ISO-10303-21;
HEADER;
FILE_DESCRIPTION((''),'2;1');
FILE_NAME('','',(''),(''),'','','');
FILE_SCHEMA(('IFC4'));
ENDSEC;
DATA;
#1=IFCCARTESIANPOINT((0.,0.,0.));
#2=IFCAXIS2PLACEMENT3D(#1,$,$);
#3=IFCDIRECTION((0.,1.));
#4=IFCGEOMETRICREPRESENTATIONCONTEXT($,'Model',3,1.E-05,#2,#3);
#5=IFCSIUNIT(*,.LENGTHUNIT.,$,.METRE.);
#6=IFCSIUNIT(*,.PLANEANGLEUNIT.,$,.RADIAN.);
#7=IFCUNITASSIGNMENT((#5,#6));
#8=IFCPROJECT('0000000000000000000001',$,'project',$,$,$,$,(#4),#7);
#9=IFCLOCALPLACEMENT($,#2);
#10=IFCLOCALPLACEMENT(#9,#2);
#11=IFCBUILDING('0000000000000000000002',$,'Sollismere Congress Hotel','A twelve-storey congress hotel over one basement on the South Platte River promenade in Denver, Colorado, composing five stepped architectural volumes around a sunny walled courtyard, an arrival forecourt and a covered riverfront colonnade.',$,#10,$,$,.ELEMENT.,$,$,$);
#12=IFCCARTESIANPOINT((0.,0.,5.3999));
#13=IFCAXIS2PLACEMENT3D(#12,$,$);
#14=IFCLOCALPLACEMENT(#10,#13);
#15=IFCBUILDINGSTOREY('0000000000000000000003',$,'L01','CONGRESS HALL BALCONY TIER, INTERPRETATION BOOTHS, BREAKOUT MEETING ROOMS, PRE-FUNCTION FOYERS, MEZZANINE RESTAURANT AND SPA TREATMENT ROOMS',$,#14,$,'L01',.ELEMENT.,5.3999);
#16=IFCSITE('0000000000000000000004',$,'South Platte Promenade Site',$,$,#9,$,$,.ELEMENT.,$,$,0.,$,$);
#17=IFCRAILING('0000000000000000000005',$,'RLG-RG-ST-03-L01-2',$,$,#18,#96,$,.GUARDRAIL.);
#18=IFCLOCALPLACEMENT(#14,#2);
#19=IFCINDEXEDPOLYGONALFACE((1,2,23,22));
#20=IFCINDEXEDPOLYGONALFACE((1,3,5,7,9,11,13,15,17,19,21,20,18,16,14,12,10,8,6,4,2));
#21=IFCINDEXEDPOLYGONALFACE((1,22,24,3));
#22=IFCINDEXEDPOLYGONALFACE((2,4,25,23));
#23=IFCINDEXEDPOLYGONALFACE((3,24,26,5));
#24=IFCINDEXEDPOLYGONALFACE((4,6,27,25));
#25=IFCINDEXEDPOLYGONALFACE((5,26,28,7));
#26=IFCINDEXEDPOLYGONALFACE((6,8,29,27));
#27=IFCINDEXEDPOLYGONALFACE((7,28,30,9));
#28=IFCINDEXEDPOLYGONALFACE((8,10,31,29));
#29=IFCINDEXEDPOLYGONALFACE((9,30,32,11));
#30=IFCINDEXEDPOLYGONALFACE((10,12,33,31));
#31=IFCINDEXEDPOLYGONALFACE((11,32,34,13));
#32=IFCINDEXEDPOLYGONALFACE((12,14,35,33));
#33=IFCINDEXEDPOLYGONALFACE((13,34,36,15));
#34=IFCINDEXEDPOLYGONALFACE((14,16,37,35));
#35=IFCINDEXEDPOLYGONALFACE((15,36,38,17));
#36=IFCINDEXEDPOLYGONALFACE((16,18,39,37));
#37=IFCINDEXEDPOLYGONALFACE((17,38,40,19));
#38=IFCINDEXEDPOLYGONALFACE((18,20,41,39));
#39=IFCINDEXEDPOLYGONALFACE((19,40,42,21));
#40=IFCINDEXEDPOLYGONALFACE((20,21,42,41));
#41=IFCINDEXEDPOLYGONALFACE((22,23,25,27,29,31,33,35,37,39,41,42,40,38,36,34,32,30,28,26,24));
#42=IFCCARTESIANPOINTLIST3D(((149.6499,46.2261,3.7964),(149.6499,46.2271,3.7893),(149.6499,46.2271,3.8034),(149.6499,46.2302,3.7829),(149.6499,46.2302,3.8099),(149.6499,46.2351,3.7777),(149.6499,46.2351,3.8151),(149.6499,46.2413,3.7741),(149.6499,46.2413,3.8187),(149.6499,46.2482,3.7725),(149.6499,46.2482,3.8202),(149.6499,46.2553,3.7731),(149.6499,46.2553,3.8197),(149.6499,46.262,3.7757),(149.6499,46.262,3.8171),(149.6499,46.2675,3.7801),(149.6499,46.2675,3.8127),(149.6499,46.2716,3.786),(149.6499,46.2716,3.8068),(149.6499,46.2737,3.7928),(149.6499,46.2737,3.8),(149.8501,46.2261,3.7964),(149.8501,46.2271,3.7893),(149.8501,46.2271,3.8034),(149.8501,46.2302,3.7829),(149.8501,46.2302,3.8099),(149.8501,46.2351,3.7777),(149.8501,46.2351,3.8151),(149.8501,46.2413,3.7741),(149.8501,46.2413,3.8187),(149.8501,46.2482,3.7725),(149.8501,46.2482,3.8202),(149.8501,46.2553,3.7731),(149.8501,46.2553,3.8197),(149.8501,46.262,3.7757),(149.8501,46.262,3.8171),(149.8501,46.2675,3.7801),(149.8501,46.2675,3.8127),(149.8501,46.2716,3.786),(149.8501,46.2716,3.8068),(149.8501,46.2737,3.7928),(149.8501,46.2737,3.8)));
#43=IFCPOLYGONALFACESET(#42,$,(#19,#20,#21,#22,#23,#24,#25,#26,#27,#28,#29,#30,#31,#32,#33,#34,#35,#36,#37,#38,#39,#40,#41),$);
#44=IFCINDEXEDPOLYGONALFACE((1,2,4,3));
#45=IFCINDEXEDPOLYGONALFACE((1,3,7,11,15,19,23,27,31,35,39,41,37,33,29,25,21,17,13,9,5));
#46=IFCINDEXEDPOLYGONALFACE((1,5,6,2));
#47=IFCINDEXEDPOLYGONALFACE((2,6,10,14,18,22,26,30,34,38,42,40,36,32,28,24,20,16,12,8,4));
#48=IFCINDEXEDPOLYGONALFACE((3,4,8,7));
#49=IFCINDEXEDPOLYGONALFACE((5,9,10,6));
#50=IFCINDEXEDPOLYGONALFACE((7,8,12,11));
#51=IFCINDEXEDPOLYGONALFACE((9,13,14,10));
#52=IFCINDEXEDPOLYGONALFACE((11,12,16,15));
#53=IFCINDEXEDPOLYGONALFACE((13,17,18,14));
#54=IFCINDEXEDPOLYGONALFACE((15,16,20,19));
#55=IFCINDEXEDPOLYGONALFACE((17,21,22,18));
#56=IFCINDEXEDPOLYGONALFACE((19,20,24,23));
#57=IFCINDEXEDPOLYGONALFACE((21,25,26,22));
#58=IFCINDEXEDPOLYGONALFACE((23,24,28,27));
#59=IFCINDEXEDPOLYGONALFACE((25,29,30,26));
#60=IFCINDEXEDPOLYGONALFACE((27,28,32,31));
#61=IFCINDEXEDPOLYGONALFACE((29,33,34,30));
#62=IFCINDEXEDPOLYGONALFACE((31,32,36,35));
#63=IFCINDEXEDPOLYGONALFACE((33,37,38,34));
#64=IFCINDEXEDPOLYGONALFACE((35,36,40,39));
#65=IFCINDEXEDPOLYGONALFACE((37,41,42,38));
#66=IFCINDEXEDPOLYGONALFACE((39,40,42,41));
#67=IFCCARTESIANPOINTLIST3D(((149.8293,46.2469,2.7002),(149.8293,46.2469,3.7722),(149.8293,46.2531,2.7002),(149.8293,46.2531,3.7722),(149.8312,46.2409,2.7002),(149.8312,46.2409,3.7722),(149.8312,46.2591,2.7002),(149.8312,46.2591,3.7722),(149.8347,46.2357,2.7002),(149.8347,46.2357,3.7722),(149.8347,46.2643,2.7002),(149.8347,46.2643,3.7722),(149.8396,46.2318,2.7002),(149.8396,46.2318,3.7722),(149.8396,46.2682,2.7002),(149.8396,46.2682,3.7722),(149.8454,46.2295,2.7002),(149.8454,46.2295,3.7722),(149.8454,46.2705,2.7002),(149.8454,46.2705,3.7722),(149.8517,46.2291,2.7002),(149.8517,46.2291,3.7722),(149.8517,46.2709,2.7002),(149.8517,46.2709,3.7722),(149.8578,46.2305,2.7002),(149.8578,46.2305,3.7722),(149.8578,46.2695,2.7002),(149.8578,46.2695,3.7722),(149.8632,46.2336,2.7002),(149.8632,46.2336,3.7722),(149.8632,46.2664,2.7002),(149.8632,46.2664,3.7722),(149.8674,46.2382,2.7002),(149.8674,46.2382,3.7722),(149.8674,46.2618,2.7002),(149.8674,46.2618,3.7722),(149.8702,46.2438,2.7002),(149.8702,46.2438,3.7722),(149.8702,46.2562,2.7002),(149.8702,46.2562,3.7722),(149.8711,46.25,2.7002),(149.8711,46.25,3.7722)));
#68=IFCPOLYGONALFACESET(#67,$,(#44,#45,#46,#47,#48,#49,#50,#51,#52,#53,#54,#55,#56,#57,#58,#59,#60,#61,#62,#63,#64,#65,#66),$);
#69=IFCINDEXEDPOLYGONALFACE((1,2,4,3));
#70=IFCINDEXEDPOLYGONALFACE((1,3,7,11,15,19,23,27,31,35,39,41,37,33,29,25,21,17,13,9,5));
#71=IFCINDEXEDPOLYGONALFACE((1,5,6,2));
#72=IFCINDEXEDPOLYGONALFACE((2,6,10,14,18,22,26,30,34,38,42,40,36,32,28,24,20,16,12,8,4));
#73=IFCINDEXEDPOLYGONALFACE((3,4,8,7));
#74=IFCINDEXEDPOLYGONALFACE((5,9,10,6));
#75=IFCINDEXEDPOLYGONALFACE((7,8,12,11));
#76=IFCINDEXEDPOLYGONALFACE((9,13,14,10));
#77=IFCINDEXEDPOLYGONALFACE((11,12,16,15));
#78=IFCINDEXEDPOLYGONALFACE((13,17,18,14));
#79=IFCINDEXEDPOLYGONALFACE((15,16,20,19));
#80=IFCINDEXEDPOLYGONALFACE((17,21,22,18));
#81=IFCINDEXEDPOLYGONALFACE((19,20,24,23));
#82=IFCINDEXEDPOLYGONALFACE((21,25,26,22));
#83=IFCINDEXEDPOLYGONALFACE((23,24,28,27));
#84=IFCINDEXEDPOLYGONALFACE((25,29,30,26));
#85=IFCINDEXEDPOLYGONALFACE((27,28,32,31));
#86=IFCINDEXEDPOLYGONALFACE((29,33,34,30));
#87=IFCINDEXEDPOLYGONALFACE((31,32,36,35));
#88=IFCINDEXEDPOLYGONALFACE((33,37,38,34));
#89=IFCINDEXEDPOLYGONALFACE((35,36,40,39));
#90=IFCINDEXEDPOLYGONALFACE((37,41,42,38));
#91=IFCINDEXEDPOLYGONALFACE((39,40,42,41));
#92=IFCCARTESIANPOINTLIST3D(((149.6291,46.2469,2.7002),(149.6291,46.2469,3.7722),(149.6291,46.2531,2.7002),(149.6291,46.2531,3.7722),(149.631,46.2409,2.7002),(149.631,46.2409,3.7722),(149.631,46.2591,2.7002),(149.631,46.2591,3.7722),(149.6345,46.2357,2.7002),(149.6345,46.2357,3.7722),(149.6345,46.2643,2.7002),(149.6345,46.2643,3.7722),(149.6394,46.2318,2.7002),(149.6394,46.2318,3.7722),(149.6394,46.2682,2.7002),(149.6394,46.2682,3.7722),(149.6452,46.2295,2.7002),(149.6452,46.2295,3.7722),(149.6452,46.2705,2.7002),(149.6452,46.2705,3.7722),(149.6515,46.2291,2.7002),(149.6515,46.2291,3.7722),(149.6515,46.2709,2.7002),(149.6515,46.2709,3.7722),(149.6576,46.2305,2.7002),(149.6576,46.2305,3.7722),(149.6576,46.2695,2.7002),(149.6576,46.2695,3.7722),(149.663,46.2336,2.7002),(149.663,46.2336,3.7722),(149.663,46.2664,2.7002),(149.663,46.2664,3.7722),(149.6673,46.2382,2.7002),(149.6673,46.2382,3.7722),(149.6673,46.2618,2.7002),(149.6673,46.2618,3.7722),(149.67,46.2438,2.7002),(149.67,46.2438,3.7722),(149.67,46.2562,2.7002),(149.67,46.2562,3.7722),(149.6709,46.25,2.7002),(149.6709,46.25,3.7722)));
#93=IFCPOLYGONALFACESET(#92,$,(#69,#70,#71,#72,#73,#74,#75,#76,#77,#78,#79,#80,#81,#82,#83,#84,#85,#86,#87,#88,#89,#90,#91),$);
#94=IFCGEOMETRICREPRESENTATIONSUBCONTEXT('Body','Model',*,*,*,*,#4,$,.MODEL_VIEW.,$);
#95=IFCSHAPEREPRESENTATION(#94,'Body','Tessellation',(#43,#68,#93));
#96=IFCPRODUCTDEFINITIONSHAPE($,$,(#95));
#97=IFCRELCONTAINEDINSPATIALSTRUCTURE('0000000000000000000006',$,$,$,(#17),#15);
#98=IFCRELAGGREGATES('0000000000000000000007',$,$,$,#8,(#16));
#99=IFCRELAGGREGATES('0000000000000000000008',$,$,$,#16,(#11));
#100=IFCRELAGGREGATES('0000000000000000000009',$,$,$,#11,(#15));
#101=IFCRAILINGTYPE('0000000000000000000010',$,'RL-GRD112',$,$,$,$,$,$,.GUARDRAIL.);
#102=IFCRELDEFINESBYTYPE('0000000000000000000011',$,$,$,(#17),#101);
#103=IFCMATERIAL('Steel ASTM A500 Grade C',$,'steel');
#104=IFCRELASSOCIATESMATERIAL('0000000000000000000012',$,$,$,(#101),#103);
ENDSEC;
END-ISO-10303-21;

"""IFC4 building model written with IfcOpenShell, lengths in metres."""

from ifc_helpers import new_model, si_unit, direction, frame, origin, origin_2d, place, context, subcontext, project, spatial, circle, extrude, material, type_object, element, save


model = new_model("IFC4")

# Units and contexts
model_context = context("Model", 3, precision=1e-05, world=origin(), true_north=direction((0.0, 1.0)))
body_context = subcontext(model_context, "Body", "Model", "MODEL_VIEW")
ifc_project = project(units=[si_unit("LENGTHUNIT", "METRE"), si_unit("PLANEANGLEUNIT", "RADIAN")], contexts=[model_context])

# Site, building, storey
site_placement = place(None, origin())
site = spatial("IfcSite", under=ifc_project, at=site_placement, Name="South Platte Promenade Site", CompositionType="ELEMENT", RefElevation=0.0)
building_placement = place(site_placement, origin())
building = spatial("IfcBuilding", under=site, at=building_placement, Name="Sollismere Congress Hotel", Description="A twelve-storey congress hotel over one basement on the South Platte River promenade in Denver, Colorado, composing five stepped architectural volumes around a sunny walled courtyard, an arrival forecourt and a covered riverfront colonnade.", CompositionType="ELEMENT")
storey_placement = place(building_placement, frame((0.0, 0.0, 5.3999)))
storey = spatial("IfcBuildingStorey", under=building, at=storey_placement, Name="L01", Description="CONGRESS HALL BALCONY TIER, INTERPRETATION BOOTHS, BREAKOUT MEETING ROOMS, PRE-FUNCTION FOYERS, MEZZANINE RESTAURANT AND SPA TREATMENT ROOMS", LongName="L01", CompositionType="ELEMENT", Elevation=5.3999)

# Railing
ifc_material_1 = material(Name="Steel ASTM A500 Grade C", Category="steel")
railing_type_1 = type_object("IfcRailingType", Name="RL-GRD112", PredefinedType="GUARDRAIL", material=ifc_material_1)
railing_1_placement = place(storey_placement, frame((149.8501, 46.25, 2.7002)))
element("IfcRailing", 1, at=railing_1_placement, inside=storey, type_object=railing_type_1, Name="RLG-RG-ST-03-L01-2", PredefinedType="GUARDRAIL", context=body_context, shape_type="SweptSolid", body=[
    extrude(circle(Radius=0.0239, at=origin_2d()), frame((0.0, 0.0, 1.0962), z_axis=(-1.0, 0.0, 0.0), x_axis=(0.0, -1.0, 0.0)), (0.0, 0.0, 1.0), 0.2002),
    extrude(circle(Radius=0.021, at=origin_2d()), origin(), (0.0, 0.0, 1.0), 1.072),
    extrude(circle(Radius=0.021, at=origin_2d()), frame((-0.2002, 0.0, 0.0)), (0.0, 0.0, 1.0), 1.072),
])

save(model, "model.ifc")
